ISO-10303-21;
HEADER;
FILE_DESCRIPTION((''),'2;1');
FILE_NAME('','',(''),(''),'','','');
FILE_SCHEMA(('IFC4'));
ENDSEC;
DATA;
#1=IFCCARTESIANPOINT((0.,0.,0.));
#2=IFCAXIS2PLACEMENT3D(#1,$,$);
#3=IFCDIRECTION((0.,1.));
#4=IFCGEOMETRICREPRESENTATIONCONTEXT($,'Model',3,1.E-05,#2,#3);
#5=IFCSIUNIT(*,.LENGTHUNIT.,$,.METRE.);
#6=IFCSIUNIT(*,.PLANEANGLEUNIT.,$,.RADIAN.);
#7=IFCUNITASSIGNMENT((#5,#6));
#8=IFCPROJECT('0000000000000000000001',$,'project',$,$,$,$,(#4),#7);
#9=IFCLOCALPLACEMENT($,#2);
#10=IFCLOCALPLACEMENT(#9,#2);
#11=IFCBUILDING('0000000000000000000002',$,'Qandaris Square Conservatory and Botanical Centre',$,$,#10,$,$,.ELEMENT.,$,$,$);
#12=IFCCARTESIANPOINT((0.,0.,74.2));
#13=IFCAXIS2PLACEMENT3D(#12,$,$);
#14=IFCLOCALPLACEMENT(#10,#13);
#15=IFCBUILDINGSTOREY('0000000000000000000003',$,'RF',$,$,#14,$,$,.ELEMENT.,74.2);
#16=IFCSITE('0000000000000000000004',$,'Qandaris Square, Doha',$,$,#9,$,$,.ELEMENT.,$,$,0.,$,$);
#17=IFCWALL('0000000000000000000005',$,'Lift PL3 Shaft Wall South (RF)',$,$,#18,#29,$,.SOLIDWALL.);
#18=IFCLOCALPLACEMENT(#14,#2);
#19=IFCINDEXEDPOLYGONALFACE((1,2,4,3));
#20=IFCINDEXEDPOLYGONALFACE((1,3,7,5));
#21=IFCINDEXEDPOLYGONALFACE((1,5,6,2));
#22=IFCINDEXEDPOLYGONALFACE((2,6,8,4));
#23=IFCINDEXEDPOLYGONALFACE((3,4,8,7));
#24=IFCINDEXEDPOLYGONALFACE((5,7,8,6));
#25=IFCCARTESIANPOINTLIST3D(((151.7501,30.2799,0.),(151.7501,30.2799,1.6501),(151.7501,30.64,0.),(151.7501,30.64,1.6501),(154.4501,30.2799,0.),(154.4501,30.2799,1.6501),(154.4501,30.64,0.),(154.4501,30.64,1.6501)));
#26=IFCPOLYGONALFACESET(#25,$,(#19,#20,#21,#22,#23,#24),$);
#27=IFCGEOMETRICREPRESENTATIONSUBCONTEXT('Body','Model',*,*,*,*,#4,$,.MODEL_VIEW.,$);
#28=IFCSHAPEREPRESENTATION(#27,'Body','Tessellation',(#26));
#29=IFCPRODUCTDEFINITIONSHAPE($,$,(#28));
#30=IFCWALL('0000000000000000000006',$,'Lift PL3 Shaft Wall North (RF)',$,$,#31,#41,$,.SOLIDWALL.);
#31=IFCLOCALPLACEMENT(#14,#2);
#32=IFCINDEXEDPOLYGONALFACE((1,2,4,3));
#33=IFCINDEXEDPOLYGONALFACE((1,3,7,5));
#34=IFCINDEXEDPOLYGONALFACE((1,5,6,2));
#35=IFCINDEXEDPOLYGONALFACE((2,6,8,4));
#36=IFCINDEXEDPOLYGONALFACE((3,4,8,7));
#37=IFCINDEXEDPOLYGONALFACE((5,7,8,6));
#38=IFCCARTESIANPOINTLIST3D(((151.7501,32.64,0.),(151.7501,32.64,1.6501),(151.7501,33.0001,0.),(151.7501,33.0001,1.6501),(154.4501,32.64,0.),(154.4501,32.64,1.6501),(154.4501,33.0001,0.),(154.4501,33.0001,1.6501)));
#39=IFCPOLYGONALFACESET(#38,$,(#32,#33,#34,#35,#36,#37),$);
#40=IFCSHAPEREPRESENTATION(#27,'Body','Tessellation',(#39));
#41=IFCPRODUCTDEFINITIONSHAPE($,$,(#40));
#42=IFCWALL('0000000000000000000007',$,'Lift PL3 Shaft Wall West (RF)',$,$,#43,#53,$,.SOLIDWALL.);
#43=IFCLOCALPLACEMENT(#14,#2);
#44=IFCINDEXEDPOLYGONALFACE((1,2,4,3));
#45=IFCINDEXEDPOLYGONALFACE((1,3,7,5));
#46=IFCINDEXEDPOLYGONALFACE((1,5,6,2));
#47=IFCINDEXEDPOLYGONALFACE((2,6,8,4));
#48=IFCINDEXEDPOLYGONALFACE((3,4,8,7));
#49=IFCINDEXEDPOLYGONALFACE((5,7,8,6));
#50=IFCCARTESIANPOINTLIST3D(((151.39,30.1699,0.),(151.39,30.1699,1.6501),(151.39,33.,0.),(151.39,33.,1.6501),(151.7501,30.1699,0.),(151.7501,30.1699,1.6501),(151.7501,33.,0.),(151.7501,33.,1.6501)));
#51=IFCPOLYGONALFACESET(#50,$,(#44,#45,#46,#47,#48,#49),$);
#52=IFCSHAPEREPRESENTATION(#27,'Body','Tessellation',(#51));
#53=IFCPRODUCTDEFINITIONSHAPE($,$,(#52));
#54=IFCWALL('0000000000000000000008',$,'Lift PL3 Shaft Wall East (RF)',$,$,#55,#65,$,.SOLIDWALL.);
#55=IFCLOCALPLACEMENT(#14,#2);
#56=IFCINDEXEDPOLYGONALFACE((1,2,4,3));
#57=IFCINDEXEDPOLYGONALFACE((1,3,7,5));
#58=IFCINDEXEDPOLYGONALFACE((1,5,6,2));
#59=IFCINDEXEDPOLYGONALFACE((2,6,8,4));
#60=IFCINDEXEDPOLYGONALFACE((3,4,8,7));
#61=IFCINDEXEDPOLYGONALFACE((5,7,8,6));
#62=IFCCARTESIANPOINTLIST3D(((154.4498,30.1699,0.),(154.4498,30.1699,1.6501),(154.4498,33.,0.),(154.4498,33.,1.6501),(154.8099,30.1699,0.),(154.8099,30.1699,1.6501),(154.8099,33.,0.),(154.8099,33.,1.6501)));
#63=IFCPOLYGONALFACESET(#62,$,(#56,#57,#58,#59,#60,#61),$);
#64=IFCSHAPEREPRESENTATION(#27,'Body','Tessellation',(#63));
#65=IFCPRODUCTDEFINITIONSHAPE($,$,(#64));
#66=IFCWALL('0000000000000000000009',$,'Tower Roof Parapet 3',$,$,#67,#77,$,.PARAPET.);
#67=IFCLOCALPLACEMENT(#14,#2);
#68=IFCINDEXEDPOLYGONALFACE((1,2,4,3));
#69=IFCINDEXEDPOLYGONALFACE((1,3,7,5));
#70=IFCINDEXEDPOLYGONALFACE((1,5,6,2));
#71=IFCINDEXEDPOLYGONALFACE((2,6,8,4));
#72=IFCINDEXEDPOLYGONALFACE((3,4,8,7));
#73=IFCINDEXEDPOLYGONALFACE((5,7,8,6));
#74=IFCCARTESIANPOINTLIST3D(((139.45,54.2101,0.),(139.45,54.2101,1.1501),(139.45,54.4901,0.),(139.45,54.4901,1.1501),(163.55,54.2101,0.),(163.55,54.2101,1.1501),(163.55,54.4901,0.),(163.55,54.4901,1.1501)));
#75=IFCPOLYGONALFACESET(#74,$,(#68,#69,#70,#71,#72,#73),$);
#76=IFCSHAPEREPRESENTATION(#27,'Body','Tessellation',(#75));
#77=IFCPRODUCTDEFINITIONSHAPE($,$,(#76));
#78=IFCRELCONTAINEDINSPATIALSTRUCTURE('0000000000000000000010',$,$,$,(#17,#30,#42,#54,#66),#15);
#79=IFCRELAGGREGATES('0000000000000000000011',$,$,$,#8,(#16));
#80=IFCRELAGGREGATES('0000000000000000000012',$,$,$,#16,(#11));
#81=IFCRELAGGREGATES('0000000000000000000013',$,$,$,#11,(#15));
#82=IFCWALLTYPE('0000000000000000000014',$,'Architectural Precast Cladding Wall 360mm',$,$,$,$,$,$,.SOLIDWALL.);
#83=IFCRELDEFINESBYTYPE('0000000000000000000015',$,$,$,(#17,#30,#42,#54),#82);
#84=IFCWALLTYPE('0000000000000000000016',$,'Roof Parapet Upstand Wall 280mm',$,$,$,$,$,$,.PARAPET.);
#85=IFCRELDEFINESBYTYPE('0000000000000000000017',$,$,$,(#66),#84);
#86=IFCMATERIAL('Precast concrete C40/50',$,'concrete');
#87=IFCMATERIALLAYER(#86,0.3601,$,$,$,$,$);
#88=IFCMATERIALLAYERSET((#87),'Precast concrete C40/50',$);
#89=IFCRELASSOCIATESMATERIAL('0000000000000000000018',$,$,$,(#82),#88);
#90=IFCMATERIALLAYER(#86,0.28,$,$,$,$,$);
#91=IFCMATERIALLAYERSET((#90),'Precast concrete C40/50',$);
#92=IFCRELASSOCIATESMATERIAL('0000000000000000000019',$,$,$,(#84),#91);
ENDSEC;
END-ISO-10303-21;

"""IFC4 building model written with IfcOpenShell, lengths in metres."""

from ifc_helpers import new_model, si_unit, direction, frame, frame_2d, origin, place, context, subcontext, project, spatial, rectangle, extrude, material, layer, layer_set, type_object, element, save


model = new_model("IFC4")

# Units and contexts
model_context = context("Model", 3, precision=1e-05, world=origin(), true_north=direction((0.0, 1.0)))
body_context = subcontext(model_context, "Body", "Model", "MODEL_VIEW")
ifc_project = project(units=[si_unit("LENGTHUNIT", "METRE"), si_unit("PLANEANGLEUNIT", "RADIAN")], contexts=[model_context])

# Site, building, storey
site_placement = place(None, origin())
site = spatial("IfcSite", under=ifc_project, at=site_placement, Name="Qandaris Square, Doha", CompositionType="ELEMENT", RefElevation=0.0)
building_placement = place(site_placement, origin())
building = spatial("IfcBuilding", under=site, at=building_placement, Name="Qandaris Square Conservatory and Botanical Centre", CompositionType="ELEMENT")
storey_placement = place(building_placement, frame((0.0, 0.0, 74.2)))
storey = spatial("IfcBuildingStorey", under=building, at=storey_placement, Name="RF", CompositionType="ELEMENT", Elevation=74.2)

# Walls
ifc_material_1 = material(Name="Precast concrete C40/50", Category="concrete")
ifc_layer_1 = layer(ifc_material_1, 0.3601)
ifc_layer_set_1 = layer_set([ifc_layer_1], Name="Precast concrete C40/50")
wall_type_1 = type_object("IfcWallType", Name="Architectural Precast Cladding Wall 360mm", PredefinedType="SOLIDWALL", material=ifc_layer_set_1)
for number, where, z_axis, x_axis, name in (
    (1, (151.75, 30.46, 0.0), (0.0, 0.0, 1.0), (1.0, 0.0, 0.0), "Lift PL3 Shaft Wall South (RF)"),
    (2, (151.75, 32.8201, 0.0), (0.0, 0.0, 1.0), (1.0, 0.0, 0.0), "Lift PL3 Shaft Wall North (RF)"),
):
    element("IfcWall", number, at=place(storey_placement, frame(where, z_axis=z_axis, x_axis=x_axis)), inside=storey, type_object=wall_type_1, Name=name, PredefinedType="SOLIDWALL", context=body_context, shape_type="SweptSolid", body=[
        extrude(rectangle(XDim=2.7, YDim=0.3601, at=frame_2d((1.3501, 0.0))), origin(), (0.0, 0.0, 1.0), 1.6501),
    ])
for number, where, z_axis, x_axis, name in (
    (3, (151.5701, 30.1699, 0.0), (0.0, 0.0, 1.0), (0.0, 1.0, 0.0), "Lift PL3 Shaft Wall West (RF)"),
    (4, (154.6299, 30.1699, 0.0), (0.0, 0.0, 1.0), (0.0, 1.0, 0.0), "Lift PL3 Shaft Wall East (RF)"),
):
    element("IfcWall", number, at=place(storey_placement, frame(where, z_axis=z_axis, x_axis=x_axis)), inside=storey, type_object=wall_type_1, Name=name, PredefinedType="SOLIDWALL", context=body_context, shape_type="SweptSolid", body=[
        extrude(rectangle(XDim=2.8301, YDim=0.3601, at=frame_2d((1.415, 0.0))), origin(), (0.0, 0.0, 1.0), 1.6501),
    ])
ifc_layer_2 = layer(ifc_material_1, 0.28)
ifc_layer_set_2 = layer_set([ifc_layer_2], Name="Precast concrete C40/50")
wall_type_2 = type_object("IfcWallType", Name="Roof Parapet Upstand Wall 280mm", PredefinedType="PARAPET", material=ifc_layer_set_2)
wall_placement = place(storey_placement, frame((163.55, 54.3501, 0.0), z_axis=(0.0, 0.0, 1.0), x_axis=(-1.0, 0.0, 0.0)))
element("IfcWall", 5, at=wall_placement, inside=storey, type_object=wall_type_2, Name="Tower Roof Parapet 3", PredefinedType="PARAPET", context=body_context, shape_type="SweptSolid", body=[
    extrude(rectangle(XDim=24.1001, YDim=0.28, at=frame_2d((12.05, 0.0))), origin(), (0.0, 0.0, 1.0), 1.1501),
])

save(model, "model.ifc")
